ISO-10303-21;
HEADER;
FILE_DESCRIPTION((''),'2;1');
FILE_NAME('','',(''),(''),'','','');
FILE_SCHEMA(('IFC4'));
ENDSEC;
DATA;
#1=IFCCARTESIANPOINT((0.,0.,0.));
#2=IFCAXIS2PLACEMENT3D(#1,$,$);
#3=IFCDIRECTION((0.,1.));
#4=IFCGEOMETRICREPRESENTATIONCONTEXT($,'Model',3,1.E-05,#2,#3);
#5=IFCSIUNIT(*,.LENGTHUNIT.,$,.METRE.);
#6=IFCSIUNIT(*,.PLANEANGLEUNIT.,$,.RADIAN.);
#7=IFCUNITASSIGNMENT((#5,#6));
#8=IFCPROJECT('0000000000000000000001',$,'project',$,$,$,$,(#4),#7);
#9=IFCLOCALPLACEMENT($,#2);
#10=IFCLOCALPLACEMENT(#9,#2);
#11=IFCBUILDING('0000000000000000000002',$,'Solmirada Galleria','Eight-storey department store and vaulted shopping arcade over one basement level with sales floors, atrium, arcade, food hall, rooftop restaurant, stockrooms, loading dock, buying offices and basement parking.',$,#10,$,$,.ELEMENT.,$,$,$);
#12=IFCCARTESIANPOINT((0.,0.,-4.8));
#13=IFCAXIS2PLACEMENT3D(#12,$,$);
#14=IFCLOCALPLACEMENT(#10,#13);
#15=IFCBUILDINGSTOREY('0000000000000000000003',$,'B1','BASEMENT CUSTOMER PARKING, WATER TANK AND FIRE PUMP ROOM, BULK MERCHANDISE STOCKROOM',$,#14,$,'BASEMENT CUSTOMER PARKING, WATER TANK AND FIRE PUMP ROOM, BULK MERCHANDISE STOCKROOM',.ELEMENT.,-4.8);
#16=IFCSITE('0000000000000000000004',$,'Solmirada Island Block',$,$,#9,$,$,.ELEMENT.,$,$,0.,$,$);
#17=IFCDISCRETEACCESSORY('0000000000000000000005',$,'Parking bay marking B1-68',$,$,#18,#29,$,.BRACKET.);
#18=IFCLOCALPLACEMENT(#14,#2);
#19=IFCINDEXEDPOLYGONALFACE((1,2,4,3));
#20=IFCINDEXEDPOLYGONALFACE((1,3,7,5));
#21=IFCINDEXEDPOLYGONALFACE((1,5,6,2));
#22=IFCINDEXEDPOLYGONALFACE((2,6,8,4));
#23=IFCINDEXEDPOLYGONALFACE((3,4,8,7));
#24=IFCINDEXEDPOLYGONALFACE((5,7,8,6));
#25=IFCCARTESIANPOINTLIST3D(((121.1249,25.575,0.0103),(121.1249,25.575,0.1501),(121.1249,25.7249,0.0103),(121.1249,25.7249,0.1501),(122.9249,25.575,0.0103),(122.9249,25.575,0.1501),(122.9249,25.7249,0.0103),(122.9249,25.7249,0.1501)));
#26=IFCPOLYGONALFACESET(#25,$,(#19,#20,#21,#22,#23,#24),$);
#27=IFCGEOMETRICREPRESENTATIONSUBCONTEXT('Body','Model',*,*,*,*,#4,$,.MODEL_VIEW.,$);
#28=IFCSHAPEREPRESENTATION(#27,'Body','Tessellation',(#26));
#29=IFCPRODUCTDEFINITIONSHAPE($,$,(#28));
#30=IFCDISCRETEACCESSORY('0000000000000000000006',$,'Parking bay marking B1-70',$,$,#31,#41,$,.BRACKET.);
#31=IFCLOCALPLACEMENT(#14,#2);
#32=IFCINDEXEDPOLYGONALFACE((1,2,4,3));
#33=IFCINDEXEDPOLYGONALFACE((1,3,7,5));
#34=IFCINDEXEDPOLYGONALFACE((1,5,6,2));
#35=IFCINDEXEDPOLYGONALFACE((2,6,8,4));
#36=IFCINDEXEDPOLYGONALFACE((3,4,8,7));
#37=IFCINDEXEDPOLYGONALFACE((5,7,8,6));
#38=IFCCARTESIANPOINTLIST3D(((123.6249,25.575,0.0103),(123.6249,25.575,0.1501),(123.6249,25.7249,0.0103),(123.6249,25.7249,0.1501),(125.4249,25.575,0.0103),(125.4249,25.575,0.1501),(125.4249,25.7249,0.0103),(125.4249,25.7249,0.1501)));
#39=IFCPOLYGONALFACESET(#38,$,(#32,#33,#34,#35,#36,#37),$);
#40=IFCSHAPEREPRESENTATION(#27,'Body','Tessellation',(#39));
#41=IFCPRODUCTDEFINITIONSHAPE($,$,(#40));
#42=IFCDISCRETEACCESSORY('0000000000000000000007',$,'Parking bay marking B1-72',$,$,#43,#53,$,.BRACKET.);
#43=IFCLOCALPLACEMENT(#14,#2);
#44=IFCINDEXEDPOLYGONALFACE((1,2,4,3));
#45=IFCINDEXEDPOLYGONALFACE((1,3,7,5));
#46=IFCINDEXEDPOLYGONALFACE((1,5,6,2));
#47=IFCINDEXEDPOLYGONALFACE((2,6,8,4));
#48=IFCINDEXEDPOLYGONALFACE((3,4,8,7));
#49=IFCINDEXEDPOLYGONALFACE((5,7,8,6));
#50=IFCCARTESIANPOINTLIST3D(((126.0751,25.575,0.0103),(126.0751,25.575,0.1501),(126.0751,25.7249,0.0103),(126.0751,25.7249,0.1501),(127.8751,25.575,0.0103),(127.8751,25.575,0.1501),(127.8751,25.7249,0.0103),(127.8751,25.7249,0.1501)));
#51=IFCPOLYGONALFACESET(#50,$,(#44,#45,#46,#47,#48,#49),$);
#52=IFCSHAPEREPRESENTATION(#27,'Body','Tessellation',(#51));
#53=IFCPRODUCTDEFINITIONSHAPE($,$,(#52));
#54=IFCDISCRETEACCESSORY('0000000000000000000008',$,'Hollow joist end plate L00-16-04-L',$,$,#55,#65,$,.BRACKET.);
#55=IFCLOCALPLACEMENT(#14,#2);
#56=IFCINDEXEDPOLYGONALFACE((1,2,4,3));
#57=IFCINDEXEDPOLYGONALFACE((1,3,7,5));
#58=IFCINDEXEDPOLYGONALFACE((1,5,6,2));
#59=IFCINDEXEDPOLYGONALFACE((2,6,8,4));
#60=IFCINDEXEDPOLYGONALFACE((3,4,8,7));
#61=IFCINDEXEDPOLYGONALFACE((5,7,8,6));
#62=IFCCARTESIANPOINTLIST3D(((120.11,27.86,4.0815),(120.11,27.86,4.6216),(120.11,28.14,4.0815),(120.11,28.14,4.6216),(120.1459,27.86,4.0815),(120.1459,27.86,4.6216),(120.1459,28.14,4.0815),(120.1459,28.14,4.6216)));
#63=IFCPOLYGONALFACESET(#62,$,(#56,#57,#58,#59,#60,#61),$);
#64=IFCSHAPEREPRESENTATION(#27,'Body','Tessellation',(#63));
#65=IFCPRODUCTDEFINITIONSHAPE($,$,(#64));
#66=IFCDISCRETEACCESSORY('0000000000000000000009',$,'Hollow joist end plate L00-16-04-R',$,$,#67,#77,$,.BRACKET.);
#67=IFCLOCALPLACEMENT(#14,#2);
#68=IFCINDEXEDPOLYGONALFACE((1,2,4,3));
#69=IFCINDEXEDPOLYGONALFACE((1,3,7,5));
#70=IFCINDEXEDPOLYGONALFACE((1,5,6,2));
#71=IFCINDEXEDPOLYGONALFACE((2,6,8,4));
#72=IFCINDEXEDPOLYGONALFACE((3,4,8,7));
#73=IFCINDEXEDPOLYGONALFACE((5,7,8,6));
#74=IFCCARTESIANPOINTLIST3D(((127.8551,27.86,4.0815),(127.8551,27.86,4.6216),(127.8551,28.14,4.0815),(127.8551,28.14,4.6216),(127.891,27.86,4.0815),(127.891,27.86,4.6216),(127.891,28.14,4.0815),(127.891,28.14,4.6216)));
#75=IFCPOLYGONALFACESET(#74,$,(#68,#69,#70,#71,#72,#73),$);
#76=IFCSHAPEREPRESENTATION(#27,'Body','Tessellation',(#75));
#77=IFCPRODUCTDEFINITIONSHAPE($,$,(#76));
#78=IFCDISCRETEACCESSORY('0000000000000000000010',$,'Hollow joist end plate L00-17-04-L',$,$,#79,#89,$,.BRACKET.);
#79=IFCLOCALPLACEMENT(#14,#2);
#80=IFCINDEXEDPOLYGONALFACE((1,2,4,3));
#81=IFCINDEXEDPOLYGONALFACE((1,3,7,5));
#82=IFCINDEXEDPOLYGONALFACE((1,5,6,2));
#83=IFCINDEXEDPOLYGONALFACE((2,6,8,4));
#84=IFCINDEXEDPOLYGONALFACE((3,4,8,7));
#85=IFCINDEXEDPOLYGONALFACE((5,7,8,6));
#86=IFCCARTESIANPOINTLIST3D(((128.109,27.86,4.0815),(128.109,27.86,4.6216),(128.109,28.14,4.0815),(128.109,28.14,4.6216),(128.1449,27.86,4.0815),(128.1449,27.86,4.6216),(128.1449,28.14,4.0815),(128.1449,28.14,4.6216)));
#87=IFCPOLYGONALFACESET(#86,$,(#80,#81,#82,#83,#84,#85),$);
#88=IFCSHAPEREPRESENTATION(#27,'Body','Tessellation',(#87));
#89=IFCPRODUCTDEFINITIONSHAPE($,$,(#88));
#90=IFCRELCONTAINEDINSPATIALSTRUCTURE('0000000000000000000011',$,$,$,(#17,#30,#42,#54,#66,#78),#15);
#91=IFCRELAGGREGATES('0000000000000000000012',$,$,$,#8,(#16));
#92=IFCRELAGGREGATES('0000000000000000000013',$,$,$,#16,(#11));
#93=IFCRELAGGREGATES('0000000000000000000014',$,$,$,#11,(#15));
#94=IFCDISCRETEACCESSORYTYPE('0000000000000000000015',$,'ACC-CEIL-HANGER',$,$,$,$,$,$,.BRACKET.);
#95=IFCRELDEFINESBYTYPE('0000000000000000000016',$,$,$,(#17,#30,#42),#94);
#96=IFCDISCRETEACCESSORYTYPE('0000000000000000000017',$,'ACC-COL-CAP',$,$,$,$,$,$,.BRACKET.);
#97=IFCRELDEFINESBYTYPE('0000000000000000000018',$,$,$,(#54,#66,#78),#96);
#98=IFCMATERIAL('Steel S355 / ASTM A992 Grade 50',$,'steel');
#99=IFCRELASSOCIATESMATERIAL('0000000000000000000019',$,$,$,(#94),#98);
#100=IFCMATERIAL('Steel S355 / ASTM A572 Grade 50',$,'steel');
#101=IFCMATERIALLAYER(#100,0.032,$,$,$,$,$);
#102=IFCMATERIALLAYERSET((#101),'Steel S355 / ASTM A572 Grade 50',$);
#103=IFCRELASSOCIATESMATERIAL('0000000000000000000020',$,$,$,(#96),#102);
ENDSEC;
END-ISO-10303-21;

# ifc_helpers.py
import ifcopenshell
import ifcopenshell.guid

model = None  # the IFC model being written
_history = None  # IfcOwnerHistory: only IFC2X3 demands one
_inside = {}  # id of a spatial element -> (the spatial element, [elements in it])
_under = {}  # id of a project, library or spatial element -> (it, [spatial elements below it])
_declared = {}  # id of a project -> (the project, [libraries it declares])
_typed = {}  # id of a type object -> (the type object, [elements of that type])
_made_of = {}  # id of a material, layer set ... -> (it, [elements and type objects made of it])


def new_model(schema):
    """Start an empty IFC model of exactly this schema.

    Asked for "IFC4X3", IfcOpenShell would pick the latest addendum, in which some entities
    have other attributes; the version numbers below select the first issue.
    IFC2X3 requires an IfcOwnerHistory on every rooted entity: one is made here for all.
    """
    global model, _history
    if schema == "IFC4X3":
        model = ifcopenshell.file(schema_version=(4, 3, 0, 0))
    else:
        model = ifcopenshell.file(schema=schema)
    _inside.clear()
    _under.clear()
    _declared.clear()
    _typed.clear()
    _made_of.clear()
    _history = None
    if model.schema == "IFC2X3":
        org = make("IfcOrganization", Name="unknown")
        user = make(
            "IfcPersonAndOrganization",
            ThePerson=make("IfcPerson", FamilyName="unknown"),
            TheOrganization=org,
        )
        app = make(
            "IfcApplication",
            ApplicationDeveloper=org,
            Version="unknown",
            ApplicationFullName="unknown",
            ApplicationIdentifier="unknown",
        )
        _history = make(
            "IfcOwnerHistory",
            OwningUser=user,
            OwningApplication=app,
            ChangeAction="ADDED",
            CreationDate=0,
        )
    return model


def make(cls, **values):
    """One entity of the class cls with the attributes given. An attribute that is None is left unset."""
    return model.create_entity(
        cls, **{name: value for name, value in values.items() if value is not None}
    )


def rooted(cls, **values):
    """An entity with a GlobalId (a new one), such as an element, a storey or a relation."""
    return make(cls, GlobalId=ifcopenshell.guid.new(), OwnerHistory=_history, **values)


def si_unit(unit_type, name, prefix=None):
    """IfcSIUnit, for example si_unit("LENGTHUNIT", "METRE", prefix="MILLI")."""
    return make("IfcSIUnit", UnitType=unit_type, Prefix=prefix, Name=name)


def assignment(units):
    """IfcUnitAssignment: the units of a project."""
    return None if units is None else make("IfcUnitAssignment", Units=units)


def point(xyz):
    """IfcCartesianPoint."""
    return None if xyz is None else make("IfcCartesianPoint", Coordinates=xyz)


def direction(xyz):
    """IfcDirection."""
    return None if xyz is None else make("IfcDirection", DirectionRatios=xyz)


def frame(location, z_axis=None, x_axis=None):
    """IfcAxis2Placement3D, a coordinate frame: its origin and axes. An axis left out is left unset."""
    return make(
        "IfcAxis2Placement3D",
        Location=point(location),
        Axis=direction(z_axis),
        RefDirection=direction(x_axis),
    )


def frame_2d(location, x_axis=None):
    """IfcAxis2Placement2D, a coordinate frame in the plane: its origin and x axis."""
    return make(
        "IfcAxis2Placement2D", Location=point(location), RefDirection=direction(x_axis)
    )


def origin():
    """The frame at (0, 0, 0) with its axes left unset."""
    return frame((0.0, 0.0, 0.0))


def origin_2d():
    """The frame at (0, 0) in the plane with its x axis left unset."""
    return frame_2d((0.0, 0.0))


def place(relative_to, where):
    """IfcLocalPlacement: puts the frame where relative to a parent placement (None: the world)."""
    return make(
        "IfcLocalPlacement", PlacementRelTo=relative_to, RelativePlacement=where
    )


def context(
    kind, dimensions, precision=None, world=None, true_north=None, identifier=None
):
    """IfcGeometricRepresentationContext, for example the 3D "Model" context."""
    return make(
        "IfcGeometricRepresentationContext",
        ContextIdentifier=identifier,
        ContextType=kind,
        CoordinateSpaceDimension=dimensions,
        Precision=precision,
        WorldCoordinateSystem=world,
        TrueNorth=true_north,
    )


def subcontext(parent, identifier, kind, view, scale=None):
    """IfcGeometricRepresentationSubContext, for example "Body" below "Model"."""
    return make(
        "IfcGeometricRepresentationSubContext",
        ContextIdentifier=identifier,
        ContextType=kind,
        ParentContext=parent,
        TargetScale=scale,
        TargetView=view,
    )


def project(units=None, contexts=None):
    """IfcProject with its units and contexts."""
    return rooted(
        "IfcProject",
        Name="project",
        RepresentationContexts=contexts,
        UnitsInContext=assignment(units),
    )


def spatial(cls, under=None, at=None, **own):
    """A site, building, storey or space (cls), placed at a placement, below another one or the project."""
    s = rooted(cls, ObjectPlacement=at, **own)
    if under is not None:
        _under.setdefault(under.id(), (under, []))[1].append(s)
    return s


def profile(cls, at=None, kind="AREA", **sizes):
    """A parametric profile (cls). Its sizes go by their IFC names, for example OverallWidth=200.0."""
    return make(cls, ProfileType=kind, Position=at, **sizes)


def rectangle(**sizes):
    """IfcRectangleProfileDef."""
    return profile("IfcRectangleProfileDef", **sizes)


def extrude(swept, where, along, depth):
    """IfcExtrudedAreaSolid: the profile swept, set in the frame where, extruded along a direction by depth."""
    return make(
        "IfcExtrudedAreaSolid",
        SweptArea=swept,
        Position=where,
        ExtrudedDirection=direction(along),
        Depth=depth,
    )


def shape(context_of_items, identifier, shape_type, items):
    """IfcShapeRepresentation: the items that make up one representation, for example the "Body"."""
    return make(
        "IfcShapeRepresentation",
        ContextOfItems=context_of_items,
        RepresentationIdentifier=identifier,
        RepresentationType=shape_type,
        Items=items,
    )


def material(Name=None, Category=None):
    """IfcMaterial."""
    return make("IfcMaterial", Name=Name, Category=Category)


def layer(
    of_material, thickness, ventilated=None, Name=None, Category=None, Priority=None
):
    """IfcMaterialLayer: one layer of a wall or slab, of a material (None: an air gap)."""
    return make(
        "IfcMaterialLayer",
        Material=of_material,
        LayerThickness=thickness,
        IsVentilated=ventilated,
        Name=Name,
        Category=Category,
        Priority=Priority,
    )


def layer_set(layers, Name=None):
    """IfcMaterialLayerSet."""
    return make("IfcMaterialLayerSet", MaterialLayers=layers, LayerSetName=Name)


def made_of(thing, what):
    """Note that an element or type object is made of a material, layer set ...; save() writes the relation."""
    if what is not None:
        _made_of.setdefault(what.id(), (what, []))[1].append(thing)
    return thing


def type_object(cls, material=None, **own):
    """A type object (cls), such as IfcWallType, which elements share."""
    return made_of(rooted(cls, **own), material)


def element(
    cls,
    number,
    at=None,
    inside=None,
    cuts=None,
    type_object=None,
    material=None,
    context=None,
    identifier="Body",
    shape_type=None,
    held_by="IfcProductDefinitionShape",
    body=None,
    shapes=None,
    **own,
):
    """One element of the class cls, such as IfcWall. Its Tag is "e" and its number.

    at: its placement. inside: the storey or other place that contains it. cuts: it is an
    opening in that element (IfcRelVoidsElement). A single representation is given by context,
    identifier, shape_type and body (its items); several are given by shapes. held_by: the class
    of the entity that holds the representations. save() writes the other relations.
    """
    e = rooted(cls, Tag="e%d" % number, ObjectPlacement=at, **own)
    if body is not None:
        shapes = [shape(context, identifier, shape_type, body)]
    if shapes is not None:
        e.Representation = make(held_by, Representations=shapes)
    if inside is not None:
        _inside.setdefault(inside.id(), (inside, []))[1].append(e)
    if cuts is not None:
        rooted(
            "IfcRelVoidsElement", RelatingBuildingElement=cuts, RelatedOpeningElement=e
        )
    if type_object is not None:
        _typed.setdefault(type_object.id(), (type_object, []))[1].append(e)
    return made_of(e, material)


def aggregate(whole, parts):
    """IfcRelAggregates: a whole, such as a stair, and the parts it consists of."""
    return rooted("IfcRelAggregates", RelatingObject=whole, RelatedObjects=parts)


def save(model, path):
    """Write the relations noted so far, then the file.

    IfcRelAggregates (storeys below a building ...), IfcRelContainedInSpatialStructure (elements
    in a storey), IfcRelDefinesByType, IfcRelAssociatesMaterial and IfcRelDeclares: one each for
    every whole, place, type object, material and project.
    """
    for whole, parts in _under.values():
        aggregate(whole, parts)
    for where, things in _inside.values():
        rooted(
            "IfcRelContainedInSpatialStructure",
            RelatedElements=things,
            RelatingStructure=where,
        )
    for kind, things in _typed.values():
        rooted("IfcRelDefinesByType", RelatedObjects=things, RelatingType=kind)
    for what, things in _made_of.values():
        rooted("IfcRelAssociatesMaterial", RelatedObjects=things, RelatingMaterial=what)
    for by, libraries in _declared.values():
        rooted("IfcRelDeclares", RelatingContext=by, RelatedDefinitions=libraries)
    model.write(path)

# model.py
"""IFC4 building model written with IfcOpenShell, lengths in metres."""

from ifc_helpers import new_model, si_unit, direction, frame, origin, origin_2d, place, context, subcontext, project, spatial, rectangle, extrude, material, layer, layer_set, type_object, element, save


model = new_model("IFC4")

# Units and contexts
model_context = context("Model", 3, precision=1e-05, world=origin(), true_north=direction((0.0, 1.0)))
body_context = subcontext(model_context, "Body", "Model", "MODEL_VIEW")
ifc_project = project(units=[si_unit("LENGTHUNIT", "METRE"), si_unit("PLANEANGLEUNIT", "RADIAN")], contexts=[model_context])

# Site, building, storey
site_placement = place(None, origin())
site = spatial("IfcSite", under=ifc_project, at=site_placement, Name="Solmirada Island Block", CompositionType="ELEMENT", RefElevation=0.0)
building_placement = place(site_placement, origin())
building = spatial("IfcBuilding", under=site, at=building_placement, Name="Solmirada Galleria", Description="Eight-storey department store and vaulted shopping arcade over one basement level with sales floors, atrium, arcade, food hall, rooftop restaurant, stockrooms, loading dock, buying offices and basement parking.", CompositionType="ELEMENT")
storey_placement = place(building_placement, frame((0.0, 0.0, -4.8)))
storey = spatial("IfcBuildingStorey", under=building, at=storey_placement, Name="B1", Description="BASEMENT CUSTOMER PARKING, WATER TANK AND FIRE PUMP ROOM, BULK MERCHANDISE STOCKROOM", LongName="BASEMENT CUSTOMER PARKING, WATER TANK AND FIRE PUMP ROOM, BULK MERCHANDISE STOCKROOM", CompositionType="ELEMENT", Elevation=-4.8)

# Shared definitions
ifc_material_1 = material(Name="Steel S355 / ASTM A992 Grade 50", Category="steel")

# Discrete accessories
discrete_accessory_type_1 = type_object("IfcDiscreteAccessoryType", Name="ACC-CEIL-HANGER", PredefinedType="BRACKET", material=ifc_material_1)
for number, where, z_axis, x_axis, name in (
    (1, (122.0249, 25.6499, 0.0103), (0.0, 0.0, 1.0), (1.0, 0.0, 0.0), "Parking bay marking B1-68"),
    (2, (124.5249, 25.6499, 0.0103), (0.0, 0.0, 1.0), (1.0, 0.0, 0.0), "Parking bay marking B1-70"),
    (3, (126.9751, 25.6499, 0.0103), (0.0, 0.0, 1.0), (1.0, 0.0, 0.0), "Parking bay marking B1-72"),
):
    element("IfcDiscreteAccessory", number, at=place(storey_placement, frame(where, z_axis=z_axis, x_axis=x_axis)), inside=storey, type_object=discrete_accessory_type_1, Name=name, PredefinedType="BRACKET", context=body_context, shape_type="SweptSolid", body=[
        extrude(rectangle(XDim=1.8, YDim=0.1499, at=origin_2d()), origin(), (0.0, 0.0, 1.0), 0.1399),
    ])
ifc_material_2 = material(Name="Steel S355 / ASTM A572 Grade 50", Category="steel")
ifc_layer = layer(ifc_material_2, 0.032)
ifc_layer_set = layer_set([ifc_layer], Name="Steel S355 / ASTM A572 Grade 50")
discrete_accessory_type_2 = type_object("IfcDiscreteAccessoryType", Name="ACC-COL-CAP", PredefinedType="BRACKET", material=ifc_layer_set)
for number, where, z_axis, x_axis, name in (
    (4, (120.1279, 28.0, 4.0815), (0.0, 0.0, 1.0), (1.0, 0.0, 0.0), "Hollow joist end plate L00-16-04-L"),
    (5, (127.873, 28.0, 4.0815), (0.0, 0.0, 1.0), (1.0, 0.0, 0.0), "Hollow joist end plate L00-16-04-R"),
    (6, (128.127, 28.0, 4.0815), (0.0, 0.0, 1.0), (1.0, 0.0, 0.0), "Hollow joist end plate L00-17-04-L"),
):
    element("IfcDiscreteAccessory", number, at=place(storey_placement, frame(where, z_axis=z_axis, x_axis=x_axis)), inside=storey, type_object=discrete_accessory_type_2, Name=name, PredefinedType="BRACKET", context=body_context, shape_type="SweptSolid", body=[
        extrude(rectangle(XDim=0.0359, YDim=0.28, at=origin_2d()), origin(), (0.0, 0.0, 1.0), 0.54),
    ])

save(model, "model.ifc")
